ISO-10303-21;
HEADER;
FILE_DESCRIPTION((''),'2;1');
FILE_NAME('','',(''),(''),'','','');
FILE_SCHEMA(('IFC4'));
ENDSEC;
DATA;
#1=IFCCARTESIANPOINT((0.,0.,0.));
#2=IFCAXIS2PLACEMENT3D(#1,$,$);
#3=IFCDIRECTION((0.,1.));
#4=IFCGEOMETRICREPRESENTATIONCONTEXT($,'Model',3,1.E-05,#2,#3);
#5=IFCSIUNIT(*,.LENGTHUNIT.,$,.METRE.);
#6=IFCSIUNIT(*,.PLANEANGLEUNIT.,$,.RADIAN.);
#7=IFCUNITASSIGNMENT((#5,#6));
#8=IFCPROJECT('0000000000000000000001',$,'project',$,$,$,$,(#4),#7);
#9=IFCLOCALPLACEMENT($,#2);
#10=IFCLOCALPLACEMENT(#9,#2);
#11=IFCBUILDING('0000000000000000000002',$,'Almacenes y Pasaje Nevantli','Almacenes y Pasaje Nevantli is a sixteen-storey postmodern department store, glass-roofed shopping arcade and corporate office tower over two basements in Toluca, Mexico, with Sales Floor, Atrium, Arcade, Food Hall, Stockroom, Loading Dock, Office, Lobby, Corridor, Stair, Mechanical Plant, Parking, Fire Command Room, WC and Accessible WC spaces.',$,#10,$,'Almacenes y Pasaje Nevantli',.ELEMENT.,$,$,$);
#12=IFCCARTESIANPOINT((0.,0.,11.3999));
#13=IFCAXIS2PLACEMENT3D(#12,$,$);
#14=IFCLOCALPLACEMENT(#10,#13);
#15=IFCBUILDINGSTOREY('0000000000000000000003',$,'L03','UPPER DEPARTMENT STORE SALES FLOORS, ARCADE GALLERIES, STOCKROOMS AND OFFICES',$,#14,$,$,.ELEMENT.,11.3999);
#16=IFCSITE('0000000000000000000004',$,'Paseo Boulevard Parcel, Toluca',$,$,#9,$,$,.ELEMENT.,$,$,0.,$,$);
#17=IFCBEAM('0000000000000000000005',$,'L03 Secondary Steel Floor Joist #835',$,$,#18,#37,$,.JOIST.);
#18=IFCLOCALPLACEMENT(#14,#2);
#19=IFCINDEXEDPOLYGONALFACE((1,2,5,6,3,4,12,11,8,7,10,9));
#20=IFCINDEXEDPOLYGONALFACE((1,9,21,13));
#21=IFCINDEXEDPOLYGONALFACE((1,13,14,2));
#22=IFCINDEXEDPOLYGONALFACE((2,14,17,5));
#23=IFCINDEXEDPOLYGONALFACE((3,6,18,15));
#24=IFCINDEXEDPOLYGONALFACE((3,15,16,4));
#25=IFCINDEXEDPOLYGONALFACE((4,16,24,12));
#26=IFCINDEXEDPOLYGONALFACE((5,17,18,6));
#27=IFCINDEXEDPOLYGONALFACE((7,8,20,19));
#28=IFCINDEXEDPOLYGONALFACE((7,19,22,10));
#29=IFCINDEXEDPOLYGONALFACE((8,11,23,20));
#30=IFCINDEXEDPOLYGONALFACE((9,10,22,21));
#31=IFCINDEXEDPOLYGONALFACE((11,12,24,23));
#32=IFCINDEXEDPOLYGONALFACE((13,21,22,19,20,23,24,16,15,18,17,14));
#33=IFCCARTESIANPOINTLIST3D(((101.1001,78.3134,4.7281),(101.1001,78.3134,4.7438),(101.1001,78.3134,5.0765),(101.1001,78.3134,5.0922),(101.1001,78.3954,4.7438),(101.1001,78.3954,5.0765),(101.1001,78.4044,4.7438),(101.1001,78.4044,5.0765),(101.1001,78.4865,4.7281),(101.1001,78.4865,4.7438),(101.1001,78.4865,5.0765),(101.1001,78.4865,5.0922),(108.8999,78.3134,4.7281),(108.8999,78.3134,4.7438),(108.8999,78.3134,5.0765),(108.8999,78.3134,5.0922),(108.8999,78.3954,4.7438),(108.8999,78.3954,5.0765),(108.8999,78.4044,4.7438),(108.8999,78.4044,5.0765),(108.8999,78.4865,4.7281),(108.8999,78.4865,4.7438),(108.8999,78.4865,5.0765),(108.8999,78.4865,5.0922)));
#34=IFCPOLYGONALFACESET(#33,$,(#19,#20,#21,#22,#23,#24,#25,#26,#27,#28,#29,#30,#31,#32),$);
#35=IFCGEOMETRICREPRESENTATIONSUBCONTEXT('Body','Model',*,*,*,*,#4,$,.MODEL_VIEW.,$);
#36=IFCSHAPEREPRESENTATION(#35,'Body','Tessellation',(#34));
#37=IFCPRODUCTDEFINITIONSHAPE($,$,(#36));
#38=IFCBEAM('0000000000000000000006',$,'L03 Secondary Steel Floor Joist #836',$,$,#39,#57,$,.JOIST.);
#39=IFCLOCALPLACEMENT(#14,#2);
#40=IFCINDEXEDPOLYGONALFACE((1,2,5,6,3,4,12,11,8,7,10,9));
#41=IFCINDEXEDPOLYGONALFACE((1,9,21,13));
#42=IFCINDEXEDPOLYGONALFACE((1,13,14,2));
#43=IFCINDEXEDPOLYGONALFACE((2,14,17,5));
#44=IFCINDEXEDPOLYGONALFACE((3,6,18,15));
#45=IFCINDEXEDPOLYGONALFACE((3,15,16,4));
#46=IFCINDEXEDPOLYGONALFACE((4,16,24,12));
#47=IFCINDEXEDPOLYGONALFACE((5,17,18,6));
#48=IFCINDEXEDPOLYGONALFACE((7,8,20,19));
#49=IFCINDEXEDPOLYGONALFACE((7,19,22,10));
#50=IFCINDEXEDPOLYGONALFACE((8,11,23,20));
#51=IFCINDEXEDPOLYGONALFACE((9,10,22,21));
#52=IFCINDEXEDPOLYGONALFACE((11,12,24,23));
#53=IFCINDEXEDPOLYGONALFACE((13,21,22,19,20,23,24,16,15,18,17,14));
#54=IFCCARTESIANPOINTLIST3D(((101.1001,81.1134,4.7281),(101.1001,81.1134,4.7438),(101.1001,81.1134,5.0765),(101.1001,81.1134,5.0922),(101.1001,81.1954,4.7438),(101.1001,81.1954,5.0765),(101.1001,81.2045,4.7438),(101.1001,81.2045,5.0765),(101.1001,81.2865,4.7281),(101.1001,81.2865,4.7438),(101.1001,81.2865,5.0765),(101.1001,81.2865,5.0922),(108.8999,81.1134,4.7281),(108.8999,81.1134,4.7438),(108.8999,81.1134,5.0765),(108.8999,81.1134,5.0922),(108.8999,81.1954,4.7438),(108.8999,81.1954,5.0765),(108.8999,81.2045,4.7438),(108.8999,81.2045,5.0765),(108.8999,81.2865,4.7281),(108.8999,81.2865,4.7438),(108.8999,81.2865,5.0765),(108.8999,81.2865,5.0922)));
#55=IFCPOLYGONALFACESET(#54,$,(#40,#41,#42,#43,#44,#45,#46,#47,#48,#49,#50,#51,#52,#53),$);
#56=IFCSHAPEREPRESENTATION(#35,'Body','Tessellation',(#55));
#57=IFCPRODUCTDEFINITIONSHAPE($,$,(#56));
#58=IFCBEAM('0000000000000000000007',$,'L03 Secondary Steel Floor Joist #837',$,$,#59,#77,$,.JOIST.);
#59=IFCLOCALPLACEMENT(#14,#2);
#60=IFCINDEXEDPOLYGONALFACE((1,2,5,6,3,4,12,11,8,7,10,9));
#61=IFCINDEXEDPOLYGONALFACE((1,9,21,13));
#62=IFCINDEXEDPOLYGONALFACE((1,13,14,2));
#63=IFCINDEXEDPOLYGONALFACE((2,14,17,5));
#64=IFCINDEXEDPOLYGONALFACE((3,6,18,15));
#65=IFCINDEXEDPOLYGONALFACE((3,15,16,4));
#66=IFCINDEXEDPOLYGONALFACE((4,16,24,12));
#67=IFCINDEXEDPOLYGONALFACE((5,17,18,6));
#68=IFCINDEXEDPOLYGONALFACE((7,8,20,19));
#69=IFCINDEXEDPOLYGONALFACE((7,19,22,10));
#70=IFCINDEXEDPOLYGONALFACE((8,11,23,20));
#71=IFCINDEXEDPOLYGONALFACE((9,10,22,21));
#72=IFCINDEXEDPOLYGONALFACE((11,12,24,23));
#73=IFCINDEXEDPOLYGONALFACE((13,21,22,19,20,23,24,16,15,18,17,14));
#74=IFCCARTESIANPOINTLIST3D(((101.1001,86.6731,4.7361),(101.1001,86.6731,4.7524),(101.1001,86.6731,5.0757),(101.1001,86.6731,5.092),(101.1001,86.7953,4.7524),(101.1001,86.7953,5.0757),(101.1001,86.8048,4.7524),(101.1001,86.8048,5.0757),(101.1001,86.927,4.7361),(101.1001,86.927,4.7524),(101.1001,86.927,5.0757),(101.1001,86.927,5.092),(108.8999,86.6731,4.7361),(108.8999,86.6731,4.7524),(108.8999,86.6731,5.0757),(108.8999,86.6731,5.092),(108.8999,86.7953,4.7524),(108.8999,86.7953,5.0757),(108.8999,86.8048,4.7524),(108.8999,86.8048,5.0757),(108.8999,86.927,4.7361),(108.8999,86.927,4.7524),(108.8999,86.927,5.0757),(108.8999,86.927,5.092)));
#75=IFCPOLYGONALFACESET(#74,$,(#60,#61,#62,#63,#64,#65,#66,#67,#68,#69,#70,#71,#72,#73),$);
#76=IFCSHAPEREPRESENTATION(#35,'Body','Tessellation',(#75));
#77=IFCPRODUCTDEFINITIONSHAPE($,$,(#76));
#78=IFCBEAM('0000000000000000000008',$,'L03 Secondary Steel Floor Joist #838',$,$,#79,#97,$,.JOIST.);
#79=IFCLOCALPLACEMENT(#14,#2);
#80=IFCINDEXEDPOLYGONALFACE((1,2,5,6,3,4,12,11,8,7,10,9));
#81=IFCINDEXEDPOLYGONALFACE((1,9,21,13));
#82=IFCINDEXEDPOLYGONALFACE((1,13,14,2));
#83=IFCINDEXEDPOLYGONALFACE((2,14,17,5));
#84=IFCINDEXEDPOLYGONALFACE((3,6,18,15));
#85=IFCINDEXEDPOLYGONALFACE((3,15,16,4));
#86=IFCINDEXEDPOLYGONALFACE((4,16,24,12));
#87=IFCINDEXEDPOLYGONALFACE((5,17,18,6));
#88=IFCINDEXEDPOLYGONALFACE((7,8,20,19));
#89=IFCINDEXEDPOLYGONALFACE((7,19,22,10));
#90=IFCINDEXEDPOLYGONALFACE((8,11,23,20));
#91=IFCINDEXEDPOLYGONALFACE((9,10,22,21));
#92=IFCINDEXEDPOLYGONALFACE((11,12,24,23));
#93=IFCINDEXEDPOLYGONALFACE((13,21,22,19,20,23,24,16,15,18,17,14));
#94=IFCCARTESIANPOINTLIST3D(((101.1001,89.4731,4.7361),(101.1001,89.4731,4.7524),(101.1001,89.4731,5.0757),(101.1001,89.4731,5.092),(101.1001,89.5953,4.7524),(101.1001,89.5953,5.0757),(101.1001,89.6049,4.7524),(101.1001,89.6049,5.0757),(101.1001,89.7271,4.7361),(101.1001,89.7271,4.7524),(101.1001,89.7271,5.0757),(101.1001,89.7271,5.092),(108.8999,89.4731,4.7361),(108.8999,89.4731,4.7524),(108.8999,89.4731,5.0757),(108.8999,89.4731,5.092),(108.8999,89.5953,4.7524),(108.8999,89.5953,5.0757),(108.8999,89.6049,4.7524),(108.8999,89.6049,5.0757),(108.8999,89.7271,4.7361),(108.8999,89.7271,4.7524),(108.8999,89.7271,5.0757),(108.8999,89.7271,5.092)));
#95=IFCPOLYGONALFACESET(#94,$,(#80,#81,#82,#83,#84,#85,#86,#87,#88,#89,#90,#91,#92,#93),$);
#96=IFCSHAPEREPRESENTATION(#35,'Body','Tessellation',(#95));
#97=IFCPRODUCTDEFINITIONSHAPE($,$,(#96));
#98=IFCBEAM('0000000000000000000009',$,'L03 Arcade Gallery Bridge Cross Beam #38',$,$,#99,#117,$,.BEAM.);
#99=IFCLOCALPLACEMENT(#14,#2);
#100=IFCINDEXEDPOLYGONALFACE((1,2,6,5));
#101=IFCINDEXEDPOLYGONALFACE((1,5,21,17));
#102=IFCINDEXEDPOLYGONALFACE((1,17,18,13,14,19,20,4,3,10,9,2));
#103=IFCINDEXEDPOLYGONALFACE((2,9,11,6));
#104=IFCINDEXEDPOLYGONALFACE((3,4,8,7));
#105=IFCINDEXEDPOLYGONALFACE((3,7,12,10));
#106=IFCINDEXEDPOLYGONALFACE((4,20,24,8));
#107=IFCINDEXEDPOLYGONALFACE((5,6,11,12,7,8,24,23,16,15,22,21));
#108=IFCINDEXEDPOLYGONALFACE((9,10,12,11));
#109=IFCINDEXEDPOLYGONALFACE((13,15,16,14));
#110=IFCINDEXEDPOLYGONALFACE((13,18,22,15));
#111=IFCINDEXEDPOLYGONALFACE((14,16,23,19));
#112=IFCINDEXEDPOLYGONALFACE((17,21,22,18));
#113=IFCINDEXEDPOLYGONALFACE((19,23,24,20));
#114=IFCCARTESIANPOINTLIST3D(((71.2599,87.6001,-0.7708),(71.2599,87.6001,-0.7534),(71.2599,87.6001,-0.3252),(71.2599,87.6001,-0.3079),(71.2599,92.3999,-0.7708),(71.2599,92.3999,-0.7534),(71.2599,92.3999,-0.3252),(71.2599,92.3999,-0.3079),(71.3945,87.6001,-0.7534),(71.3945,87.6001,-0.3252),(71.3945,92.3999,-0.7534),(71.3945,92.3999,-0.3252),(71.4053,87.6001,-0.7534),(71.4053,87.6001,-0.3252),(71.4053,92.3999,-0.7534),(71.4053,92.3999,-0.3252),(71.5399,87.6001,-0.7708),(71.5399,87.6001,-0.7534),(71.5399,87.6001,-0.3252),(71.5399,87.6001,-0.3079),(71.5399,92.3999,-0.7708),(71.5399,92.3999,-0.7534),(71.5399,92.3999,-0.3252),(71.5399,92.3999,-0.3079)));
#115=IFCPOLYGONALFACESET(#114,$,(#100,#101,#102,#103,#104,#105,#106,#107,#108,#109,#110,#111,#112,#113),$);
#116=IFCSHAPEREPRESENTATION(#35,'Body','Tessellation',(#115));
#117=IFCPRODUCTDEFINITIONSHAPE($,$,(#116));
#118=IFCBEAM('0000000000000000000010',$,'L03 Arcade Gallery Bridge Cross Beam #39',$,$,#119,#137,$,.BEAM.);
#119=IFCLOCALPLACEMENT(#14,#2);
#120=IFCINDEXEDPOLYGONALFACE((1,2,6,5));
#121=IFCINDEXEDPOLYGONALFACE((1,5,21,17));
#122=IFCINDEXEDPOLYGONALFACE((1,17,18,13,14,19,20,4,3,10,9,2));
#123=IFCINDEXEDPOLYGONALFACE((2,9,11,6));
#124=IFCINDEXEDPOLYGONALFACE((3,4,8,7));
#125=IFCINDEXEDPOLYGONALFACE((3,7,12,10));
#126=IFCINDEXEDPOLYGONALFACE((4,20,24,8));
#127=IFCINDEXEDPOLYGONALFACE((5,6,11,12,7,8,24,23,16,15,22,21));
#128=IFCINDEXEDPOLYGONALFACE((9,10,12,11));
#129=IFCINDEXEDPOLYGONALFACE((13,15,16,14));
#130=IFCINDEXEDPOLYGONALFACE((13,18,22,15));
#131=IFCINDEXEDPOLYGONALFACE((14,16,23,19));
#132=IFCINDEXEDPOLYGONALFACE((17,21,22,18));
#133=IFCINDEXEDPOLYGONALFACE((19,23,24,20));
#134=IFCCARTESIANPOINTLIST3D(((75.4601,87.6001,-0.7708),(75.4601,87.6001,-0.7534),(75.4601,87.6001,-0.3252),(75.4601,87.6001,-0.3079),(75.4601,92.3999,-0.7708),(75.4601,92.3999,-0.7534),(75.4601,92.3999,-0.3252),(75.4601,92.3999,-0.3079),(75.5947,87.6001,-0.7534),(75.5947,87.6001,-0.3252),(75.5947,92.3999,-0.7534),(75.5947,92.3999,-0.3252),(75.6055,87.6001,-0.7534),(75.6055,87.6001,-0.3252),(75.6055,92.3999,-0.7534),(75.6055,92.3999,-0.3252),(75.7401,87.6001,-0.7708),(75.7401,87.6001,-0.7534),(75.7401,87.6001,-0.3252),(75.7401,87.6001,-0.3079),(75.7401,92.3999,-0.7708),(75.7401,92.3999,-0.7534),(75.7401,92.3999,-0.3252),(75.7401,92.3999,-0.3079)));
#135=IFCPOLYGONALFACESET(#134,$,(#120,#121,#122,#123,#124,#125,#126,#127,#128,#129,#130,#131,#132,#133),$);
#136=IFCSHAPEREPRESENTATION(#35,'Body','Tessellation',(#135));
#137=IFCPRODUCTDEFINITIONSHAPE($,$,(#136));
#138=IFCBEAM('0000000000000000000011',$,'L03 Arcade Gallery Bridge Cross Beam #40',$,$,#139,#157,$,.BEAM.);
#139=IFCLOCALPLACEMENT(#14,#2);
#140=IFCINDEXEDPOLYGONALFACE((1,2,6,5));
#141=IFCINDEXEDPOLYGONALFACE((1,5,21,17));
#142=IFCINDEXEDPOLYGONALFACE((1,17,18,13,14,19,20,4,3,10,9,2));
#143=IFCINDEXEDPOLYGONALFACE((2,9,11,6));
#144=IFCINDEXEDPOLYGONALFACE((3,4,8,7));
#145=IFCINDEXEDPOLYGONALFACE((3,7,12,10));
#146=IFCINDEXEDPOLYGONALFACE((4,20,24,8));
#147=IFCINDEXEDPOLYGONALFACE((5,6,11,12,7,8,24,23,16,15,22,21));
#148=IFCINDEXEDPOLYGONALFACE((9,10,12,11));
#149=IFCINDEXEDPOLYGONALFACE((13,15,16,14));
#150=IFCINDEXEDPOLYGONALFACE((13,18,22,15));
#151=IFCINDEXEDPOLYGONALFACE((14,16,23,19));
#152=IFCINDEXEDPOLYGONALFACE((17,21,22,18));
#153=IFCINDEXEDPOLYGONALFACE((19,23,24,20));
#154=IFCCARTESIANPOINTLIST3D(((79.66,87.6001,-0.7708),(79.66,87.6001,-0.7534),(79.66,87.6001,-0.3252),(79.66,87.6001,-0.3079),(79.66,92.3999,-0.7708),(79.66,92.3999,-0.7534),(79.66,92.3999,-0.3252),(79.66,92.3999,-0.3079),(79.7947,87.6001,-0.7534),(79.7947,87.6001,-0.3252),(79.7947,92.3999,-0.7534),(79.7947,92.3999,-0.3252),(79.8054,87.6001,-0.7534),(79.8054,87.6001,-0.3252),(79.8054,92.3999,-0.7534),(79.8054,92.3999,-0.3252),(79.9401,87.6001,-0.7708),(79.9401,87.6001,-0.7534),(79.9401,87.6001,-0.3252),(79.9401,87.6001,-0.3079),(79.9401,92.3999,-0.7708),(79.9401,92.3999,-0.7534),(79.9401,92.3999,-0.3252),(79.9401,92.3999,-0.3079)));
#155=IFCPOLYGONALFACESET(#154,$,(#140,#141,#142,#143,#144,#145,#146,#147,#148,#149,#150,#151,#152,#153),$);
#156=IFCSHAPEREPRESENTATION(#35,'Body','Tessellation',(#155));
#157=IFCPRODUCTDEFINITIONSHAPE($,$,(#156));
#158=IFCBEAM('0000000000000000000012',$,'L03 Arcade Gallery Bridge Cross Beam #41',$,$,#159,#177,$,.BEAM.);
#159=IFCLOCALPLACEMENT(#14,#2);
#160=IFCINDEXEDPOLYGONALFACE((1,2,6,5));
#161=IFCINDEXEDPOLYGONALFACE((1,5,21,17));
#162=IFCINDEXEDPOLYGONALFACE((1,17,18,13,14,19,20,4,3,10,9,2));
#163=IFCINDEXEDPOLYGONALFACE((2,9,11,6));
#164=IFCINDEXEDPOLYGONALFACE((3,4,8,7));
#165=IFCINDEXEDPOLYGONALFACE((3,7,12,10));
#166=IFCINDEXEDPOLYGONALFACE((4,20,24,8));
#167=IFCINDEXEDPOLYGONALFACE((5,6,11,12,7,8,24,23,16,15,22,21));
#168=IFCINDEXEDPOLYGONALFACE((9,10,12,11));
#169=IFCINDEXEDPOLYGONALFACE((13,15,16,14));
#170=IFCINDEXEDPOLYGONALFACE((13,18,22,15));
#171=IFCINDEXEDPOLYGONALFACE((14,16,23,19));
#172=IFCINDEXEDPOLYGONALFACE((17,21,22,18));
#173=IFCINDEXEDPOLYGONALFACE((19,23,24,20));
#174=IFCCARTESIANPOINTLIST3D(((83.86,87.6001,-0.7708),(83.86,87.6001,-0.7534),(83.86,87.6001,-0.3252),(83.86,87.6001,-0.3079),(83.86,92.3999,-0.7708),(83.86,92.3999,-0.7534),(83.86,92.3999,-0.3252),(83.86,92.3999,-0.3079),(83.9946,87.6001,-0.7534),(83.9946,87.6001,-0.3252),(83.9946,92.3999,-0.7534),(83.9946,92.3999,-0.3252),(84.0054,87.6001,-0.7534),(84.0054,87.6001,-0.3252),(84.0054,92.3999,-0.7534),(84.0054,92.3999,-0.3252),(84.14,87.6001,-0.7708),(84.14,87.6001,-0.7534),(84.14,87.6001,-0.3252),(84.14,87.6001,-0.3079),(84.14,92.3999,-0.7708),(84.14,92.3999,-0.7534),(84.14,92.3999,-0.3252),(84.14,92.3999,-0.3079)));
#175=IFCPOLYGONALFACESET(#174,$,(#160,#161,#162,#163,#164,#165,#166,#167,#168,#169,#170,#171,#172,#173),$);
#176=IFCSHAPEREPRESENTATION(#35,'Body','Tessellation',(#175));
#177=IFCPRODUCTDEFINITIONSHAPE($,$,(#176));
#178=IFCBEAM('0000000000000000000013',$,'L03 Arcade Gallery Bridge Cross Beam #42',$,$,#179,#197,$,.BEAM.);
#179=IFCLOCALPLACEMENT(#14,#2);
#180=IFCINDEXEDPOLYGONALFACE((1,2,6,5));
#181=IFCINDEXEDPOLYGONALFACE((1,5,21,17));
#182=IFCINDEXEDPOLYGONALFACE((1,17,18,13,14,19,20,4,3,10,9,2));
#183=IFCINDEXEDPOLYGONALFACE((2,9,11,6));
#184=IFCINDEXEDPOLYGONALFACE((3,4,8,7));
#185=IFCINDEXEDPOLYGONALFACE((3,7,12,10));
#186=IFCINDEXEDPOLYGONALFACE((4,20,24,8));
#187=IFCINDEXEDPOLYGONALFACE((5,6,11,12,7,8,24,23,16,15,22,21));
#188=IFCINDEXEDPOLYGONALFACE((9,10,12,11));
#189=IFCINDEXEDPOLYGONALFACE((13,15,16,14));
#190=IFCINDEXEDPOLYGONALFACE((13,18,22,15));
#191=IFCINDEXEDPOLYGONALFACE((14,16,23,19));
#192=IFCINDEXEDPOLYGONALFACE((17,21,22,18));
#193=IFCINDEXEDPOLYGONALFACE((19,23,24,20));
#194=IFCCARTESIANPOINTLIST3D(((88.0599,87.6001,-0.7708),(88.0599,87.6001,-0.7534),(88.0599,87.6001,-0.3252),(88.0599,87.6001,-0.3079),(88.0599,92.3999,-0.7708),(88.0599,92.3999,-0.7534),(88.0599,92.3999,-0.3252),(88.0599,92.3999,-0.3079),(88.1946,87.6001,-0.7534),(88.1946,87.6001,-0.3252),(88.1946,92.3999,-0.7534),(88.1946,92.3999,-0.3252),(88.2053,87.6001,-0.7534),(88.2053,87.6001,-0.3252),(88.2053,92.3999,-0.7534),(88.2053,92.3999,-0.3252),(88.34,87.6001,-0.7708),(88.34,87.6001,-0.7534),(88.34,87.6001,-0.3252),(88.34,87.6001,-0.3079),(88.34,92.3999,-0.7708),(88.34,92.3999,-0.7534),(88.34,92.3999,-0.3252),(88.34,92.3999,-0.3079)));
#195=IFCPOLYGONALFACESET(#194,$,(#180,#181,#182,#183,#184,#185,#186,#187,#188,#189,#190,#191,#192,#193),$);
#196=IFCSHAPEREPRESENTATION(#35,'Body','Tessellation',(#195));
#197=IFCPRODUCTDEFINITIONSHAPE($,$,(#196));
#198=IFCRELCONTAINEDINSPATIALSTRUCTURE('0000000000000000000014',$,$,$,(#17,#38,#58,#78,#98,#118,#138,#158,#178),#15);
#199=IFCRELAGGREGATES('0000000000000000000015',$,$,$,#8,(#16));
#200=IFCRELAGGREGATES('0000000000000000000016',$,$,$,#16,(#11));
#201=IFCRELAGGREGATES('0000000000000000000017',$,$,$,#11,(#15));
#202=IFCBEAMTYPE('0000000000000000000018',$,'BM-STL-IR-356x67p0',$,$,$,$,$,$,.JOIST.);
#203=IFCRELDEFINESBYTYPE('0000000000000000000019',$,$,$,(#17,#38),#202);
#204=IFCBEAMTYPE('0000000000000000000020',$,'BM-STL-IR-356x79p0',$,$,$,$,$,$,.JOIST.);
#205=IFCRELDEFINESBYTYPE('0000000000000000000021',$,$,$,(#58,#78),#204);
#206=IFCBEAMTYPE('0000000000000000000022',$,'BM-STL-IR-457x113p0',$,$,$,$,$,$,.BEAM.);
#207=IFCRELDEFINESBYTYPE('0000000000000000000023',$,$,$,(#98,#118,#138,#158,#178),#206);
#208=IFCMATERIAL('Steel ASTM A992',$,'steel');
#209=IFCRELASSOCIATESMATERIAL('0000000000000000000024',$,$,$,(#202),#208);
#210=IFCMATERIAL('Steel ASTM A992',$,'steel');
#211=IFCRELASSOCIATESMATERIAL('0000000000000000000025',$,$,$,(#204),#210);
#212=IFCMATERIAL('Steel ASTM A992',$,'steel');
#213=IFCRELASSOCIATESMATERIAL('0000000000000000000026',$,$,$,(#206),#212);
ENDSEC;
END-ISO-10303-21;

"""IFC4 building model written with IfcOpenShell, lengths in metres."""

from ifc_helpers import new_model, si_unit, direction, frame, origin, origin_2d, place, context, subcontext, project, spatial, i_section, extrude, material, material_profile, profile_set, type_object, element, save


model = new_model("IFC4")

# Units and contexts
model_context = context("Model", 3, precision=1e-05, world=origin(), true_north=direction((0.0, 1.0)))
body_context = subcontext(model_context, "Body", "Model", "MODEL_VIEW")
ifc_project = project(units=[si_unit("LENGTHUNIT", "METRE"), si_unit("PLANEANGLEUNIT", "RADIAN")], contexts=[model_context])

# Site, building, storey
site_placement = place(None, origin())
site = spatial("IfcSite", under=ifc_project, at=site_placement, Name="Paseo Boulevard Parcel, Toluca", CompositionType="ELEMENT", RefElevation=0.0)
building_placement = place(site_placement, origin())
building = spatial("IfcBuilding", under=site, at=building_placement, Name="Almacenes y Pasaje Nevantli", Description="Almacenes y Pasaje Nevantli is a sixteen-storey postmodern department store, glass-roofed shopping arcade and corporate office tower over two basements in Toluca, Mexico, with Sales Floor, Atrium, Arcade, Food Hall, Stockroom, Loading Dock, Office, Lobby, Corridor, Stair, Mechanical Plant, Parking, Fire Command Room, WC and Accessible WC spaces.", LongName="Almacenes y Pasaje Nevantli", CompositionType="ELEMENT")
storey_placement = place(building_placement, frame((0.0, 0.0, 11.3999)))
storey = spatial("IfcBuildingStorey", under=building, at=storey_placement, Name="L03", Description="UPPER DEPARTMENT STORE SALES FLOORS, ARCADE GALLERIES, STOCKROOMS AND OFFICES", CompositionType="ELEMENT", Elevation=11.3999)

# Beams
ifc_material_1 = material(Name="Steel ASTM A992", Category="steel")
ifc_material_profile_1 = material_profile(ifc_material_1, i_section(OverallWidth=0.1731, OverallDepth=0.364, WebThickness=0.009, FlangeThickness=0.0156, at=origin_2d()), Name="IR 356x67.0")
ifc_profile_set_1 = profile_set([ifc_material_profile_1], Name="Steel ASTM A992")
beam_type_1 = type_object("IfcBeamType", Name="BM-STL-IR-356x67p0", PredefinedType="JOIST", material=ifc_profile_set_1)
for number, where, z_axis, x_axis, name in (
    (1, (101.1001, 78.3999, 4.9102), (1.0, 0.0, 0.0), (0.0, 1.0, 0.0), "L03 Secondary Steel Floor Joist #835"),
    (2, (101.1001, 81.2, 4.9102), (1.0, 0.0, 0.0), (0.0, 1.0, 0.0), "L03 Secondary Steel Floor Joist #836"),
):
    element("IfcBeam", number, at=place(storey_placement, frame(where, z_axis=z_axis, x_axis=x_axis)), inside=storey, type_object=beam_type_1, Name=name, PredefinedType="JOIST", context=body_context, shape_type="SweptSolid", body=[
        extrude(i_section(OverallWidth=0.1731, OverallDepth=0.364, WebThickness=0.009, FlangeThickness=0.0156, at=origin_2d()), origin(), (0.0, 0.0, 1.0), 7.7998),
    ])
ifc_material_2 = material(Name="Steel ASTM A992", Category="steel")
ifc_material_profile_2 = material_profile(ifc_material_2, i_section(OverallWidth=0.2539, OverallDepth=0.356, WebThickness=0.0095, FlangeThickness=0.0164, at=origin_2d()), Name="IR 356x79.0")
ifc_profile_set_2 = profile_set([ifc_material_profile_2], Name="Steel ASTM A992")
beam_type_2 = type_object("IfcBeamType", Name="BM-STL-IR-356x79p0", PredefinedType="JOIST", material=ifc_profile_set_2)
for number, where, z_axis, x_axis, name in (
    (3, (101.1001, 86.8, 4.9141), (1.0, 0.0, 0.0), (0.0, 1.0, 0.0), "L03 Secondary Steel Floor Joist #837"),
    (4, (101.1001, 89.6001, 4.9141), (1.0, 0.0, 0.0), (0.0, 1.0, 0.0), "L03 Secondary Steel Floor Joist #838"),
):
    element("IfcBeam", number, at=place(storey_placement, frame(where, z_axis=z_axis, x_axis=x_axis)), inside=storey, type_object=beam_type_2, Name=name, PredefinedType="JOIST", context=body_context, shape_type="SweptSolid", body=[
        extrude(i_section(OverallWidth=0.2539, OverallDepth=0.356, WebThickness=0.0095, FlangeThickness=0.0164, at=origin_2d()), origin(), (0.0, 0.0, 1.0), 7.7998),
    ])
ifc_material_3 = material(Name="Steel ASTM A992", Category="steel")
ifc_material_profile_3 = material_profile(ifc_material_3, i_section(OverallWidth=0.28, OverallDepth=0.4629, WebThickness=0.0107, FlangeThickness=0.0173, at=origin_2d()), Name="IR 457x113.0")
ifc_profile_set_3 = profile_set([ifc_material_profile_3], Name="Steel ASTM A992")
beam_type_3 = type_object("IfcBeamType", Name="BM-STL-IR-457x113p0", PredefinedType="BEAM", material=ifc_profile_set_3)
for number, where, z_axis, x_axis, name in (
    (5, (71.3999, 87.6001, -0.5393), (0.0, 1.0, 0.0), (-1.0, 0.0, 0.0), "L03 Arcade Gallery Bridge Cross Beam #38"),
    (6, (75.6001, 87.6001, -0.5393), (0.0, 1.0, 0.0), (-1.0, 0.0, 0.0), "L03 Arcade Gallery Bridge Cross Beam #39"),
    (7, (79.8, 87.6001, -0.5393), (0.0, 1.0, 0.0), (-1.0, 0.0, 0.0), "L03 Arcade Gallery Bridge Cross Beam #40"),
    (8, (84.0, 87.6001, -0.5393), (0.0, 1.0, 0.0), (-1.0, 0.0, 0.0), "L03 Arcade Gallery Bridge Cross Beam #41"),
    (9, (88.2, 87.6001, -0.5393), (0.0, 1.0, 0.0), (-1.0, 0.0, 0.0), "L03 Arcade Gallery Bridge Cross Beam #42"),
):
    element("IfcBeam", number, at=place(storey_placement, frame(where, z_axis=z_axis, x_axis=x_axis)), inside=storey, type_object=beam_type_3, Name=name, PredefinedType="BEAM", context=body_context, shape_type="SweptSolid", body=[
        extrude(i_section(OverallWidth=0.28, OverallDepth=0.4629, WebThickness=0.0107, FlangeThickness=0.0173, at=origin_2d()), origin(), (0.0, 0.0, 1.0), 4.7998),
    ])

save(model, "model.ifc")
